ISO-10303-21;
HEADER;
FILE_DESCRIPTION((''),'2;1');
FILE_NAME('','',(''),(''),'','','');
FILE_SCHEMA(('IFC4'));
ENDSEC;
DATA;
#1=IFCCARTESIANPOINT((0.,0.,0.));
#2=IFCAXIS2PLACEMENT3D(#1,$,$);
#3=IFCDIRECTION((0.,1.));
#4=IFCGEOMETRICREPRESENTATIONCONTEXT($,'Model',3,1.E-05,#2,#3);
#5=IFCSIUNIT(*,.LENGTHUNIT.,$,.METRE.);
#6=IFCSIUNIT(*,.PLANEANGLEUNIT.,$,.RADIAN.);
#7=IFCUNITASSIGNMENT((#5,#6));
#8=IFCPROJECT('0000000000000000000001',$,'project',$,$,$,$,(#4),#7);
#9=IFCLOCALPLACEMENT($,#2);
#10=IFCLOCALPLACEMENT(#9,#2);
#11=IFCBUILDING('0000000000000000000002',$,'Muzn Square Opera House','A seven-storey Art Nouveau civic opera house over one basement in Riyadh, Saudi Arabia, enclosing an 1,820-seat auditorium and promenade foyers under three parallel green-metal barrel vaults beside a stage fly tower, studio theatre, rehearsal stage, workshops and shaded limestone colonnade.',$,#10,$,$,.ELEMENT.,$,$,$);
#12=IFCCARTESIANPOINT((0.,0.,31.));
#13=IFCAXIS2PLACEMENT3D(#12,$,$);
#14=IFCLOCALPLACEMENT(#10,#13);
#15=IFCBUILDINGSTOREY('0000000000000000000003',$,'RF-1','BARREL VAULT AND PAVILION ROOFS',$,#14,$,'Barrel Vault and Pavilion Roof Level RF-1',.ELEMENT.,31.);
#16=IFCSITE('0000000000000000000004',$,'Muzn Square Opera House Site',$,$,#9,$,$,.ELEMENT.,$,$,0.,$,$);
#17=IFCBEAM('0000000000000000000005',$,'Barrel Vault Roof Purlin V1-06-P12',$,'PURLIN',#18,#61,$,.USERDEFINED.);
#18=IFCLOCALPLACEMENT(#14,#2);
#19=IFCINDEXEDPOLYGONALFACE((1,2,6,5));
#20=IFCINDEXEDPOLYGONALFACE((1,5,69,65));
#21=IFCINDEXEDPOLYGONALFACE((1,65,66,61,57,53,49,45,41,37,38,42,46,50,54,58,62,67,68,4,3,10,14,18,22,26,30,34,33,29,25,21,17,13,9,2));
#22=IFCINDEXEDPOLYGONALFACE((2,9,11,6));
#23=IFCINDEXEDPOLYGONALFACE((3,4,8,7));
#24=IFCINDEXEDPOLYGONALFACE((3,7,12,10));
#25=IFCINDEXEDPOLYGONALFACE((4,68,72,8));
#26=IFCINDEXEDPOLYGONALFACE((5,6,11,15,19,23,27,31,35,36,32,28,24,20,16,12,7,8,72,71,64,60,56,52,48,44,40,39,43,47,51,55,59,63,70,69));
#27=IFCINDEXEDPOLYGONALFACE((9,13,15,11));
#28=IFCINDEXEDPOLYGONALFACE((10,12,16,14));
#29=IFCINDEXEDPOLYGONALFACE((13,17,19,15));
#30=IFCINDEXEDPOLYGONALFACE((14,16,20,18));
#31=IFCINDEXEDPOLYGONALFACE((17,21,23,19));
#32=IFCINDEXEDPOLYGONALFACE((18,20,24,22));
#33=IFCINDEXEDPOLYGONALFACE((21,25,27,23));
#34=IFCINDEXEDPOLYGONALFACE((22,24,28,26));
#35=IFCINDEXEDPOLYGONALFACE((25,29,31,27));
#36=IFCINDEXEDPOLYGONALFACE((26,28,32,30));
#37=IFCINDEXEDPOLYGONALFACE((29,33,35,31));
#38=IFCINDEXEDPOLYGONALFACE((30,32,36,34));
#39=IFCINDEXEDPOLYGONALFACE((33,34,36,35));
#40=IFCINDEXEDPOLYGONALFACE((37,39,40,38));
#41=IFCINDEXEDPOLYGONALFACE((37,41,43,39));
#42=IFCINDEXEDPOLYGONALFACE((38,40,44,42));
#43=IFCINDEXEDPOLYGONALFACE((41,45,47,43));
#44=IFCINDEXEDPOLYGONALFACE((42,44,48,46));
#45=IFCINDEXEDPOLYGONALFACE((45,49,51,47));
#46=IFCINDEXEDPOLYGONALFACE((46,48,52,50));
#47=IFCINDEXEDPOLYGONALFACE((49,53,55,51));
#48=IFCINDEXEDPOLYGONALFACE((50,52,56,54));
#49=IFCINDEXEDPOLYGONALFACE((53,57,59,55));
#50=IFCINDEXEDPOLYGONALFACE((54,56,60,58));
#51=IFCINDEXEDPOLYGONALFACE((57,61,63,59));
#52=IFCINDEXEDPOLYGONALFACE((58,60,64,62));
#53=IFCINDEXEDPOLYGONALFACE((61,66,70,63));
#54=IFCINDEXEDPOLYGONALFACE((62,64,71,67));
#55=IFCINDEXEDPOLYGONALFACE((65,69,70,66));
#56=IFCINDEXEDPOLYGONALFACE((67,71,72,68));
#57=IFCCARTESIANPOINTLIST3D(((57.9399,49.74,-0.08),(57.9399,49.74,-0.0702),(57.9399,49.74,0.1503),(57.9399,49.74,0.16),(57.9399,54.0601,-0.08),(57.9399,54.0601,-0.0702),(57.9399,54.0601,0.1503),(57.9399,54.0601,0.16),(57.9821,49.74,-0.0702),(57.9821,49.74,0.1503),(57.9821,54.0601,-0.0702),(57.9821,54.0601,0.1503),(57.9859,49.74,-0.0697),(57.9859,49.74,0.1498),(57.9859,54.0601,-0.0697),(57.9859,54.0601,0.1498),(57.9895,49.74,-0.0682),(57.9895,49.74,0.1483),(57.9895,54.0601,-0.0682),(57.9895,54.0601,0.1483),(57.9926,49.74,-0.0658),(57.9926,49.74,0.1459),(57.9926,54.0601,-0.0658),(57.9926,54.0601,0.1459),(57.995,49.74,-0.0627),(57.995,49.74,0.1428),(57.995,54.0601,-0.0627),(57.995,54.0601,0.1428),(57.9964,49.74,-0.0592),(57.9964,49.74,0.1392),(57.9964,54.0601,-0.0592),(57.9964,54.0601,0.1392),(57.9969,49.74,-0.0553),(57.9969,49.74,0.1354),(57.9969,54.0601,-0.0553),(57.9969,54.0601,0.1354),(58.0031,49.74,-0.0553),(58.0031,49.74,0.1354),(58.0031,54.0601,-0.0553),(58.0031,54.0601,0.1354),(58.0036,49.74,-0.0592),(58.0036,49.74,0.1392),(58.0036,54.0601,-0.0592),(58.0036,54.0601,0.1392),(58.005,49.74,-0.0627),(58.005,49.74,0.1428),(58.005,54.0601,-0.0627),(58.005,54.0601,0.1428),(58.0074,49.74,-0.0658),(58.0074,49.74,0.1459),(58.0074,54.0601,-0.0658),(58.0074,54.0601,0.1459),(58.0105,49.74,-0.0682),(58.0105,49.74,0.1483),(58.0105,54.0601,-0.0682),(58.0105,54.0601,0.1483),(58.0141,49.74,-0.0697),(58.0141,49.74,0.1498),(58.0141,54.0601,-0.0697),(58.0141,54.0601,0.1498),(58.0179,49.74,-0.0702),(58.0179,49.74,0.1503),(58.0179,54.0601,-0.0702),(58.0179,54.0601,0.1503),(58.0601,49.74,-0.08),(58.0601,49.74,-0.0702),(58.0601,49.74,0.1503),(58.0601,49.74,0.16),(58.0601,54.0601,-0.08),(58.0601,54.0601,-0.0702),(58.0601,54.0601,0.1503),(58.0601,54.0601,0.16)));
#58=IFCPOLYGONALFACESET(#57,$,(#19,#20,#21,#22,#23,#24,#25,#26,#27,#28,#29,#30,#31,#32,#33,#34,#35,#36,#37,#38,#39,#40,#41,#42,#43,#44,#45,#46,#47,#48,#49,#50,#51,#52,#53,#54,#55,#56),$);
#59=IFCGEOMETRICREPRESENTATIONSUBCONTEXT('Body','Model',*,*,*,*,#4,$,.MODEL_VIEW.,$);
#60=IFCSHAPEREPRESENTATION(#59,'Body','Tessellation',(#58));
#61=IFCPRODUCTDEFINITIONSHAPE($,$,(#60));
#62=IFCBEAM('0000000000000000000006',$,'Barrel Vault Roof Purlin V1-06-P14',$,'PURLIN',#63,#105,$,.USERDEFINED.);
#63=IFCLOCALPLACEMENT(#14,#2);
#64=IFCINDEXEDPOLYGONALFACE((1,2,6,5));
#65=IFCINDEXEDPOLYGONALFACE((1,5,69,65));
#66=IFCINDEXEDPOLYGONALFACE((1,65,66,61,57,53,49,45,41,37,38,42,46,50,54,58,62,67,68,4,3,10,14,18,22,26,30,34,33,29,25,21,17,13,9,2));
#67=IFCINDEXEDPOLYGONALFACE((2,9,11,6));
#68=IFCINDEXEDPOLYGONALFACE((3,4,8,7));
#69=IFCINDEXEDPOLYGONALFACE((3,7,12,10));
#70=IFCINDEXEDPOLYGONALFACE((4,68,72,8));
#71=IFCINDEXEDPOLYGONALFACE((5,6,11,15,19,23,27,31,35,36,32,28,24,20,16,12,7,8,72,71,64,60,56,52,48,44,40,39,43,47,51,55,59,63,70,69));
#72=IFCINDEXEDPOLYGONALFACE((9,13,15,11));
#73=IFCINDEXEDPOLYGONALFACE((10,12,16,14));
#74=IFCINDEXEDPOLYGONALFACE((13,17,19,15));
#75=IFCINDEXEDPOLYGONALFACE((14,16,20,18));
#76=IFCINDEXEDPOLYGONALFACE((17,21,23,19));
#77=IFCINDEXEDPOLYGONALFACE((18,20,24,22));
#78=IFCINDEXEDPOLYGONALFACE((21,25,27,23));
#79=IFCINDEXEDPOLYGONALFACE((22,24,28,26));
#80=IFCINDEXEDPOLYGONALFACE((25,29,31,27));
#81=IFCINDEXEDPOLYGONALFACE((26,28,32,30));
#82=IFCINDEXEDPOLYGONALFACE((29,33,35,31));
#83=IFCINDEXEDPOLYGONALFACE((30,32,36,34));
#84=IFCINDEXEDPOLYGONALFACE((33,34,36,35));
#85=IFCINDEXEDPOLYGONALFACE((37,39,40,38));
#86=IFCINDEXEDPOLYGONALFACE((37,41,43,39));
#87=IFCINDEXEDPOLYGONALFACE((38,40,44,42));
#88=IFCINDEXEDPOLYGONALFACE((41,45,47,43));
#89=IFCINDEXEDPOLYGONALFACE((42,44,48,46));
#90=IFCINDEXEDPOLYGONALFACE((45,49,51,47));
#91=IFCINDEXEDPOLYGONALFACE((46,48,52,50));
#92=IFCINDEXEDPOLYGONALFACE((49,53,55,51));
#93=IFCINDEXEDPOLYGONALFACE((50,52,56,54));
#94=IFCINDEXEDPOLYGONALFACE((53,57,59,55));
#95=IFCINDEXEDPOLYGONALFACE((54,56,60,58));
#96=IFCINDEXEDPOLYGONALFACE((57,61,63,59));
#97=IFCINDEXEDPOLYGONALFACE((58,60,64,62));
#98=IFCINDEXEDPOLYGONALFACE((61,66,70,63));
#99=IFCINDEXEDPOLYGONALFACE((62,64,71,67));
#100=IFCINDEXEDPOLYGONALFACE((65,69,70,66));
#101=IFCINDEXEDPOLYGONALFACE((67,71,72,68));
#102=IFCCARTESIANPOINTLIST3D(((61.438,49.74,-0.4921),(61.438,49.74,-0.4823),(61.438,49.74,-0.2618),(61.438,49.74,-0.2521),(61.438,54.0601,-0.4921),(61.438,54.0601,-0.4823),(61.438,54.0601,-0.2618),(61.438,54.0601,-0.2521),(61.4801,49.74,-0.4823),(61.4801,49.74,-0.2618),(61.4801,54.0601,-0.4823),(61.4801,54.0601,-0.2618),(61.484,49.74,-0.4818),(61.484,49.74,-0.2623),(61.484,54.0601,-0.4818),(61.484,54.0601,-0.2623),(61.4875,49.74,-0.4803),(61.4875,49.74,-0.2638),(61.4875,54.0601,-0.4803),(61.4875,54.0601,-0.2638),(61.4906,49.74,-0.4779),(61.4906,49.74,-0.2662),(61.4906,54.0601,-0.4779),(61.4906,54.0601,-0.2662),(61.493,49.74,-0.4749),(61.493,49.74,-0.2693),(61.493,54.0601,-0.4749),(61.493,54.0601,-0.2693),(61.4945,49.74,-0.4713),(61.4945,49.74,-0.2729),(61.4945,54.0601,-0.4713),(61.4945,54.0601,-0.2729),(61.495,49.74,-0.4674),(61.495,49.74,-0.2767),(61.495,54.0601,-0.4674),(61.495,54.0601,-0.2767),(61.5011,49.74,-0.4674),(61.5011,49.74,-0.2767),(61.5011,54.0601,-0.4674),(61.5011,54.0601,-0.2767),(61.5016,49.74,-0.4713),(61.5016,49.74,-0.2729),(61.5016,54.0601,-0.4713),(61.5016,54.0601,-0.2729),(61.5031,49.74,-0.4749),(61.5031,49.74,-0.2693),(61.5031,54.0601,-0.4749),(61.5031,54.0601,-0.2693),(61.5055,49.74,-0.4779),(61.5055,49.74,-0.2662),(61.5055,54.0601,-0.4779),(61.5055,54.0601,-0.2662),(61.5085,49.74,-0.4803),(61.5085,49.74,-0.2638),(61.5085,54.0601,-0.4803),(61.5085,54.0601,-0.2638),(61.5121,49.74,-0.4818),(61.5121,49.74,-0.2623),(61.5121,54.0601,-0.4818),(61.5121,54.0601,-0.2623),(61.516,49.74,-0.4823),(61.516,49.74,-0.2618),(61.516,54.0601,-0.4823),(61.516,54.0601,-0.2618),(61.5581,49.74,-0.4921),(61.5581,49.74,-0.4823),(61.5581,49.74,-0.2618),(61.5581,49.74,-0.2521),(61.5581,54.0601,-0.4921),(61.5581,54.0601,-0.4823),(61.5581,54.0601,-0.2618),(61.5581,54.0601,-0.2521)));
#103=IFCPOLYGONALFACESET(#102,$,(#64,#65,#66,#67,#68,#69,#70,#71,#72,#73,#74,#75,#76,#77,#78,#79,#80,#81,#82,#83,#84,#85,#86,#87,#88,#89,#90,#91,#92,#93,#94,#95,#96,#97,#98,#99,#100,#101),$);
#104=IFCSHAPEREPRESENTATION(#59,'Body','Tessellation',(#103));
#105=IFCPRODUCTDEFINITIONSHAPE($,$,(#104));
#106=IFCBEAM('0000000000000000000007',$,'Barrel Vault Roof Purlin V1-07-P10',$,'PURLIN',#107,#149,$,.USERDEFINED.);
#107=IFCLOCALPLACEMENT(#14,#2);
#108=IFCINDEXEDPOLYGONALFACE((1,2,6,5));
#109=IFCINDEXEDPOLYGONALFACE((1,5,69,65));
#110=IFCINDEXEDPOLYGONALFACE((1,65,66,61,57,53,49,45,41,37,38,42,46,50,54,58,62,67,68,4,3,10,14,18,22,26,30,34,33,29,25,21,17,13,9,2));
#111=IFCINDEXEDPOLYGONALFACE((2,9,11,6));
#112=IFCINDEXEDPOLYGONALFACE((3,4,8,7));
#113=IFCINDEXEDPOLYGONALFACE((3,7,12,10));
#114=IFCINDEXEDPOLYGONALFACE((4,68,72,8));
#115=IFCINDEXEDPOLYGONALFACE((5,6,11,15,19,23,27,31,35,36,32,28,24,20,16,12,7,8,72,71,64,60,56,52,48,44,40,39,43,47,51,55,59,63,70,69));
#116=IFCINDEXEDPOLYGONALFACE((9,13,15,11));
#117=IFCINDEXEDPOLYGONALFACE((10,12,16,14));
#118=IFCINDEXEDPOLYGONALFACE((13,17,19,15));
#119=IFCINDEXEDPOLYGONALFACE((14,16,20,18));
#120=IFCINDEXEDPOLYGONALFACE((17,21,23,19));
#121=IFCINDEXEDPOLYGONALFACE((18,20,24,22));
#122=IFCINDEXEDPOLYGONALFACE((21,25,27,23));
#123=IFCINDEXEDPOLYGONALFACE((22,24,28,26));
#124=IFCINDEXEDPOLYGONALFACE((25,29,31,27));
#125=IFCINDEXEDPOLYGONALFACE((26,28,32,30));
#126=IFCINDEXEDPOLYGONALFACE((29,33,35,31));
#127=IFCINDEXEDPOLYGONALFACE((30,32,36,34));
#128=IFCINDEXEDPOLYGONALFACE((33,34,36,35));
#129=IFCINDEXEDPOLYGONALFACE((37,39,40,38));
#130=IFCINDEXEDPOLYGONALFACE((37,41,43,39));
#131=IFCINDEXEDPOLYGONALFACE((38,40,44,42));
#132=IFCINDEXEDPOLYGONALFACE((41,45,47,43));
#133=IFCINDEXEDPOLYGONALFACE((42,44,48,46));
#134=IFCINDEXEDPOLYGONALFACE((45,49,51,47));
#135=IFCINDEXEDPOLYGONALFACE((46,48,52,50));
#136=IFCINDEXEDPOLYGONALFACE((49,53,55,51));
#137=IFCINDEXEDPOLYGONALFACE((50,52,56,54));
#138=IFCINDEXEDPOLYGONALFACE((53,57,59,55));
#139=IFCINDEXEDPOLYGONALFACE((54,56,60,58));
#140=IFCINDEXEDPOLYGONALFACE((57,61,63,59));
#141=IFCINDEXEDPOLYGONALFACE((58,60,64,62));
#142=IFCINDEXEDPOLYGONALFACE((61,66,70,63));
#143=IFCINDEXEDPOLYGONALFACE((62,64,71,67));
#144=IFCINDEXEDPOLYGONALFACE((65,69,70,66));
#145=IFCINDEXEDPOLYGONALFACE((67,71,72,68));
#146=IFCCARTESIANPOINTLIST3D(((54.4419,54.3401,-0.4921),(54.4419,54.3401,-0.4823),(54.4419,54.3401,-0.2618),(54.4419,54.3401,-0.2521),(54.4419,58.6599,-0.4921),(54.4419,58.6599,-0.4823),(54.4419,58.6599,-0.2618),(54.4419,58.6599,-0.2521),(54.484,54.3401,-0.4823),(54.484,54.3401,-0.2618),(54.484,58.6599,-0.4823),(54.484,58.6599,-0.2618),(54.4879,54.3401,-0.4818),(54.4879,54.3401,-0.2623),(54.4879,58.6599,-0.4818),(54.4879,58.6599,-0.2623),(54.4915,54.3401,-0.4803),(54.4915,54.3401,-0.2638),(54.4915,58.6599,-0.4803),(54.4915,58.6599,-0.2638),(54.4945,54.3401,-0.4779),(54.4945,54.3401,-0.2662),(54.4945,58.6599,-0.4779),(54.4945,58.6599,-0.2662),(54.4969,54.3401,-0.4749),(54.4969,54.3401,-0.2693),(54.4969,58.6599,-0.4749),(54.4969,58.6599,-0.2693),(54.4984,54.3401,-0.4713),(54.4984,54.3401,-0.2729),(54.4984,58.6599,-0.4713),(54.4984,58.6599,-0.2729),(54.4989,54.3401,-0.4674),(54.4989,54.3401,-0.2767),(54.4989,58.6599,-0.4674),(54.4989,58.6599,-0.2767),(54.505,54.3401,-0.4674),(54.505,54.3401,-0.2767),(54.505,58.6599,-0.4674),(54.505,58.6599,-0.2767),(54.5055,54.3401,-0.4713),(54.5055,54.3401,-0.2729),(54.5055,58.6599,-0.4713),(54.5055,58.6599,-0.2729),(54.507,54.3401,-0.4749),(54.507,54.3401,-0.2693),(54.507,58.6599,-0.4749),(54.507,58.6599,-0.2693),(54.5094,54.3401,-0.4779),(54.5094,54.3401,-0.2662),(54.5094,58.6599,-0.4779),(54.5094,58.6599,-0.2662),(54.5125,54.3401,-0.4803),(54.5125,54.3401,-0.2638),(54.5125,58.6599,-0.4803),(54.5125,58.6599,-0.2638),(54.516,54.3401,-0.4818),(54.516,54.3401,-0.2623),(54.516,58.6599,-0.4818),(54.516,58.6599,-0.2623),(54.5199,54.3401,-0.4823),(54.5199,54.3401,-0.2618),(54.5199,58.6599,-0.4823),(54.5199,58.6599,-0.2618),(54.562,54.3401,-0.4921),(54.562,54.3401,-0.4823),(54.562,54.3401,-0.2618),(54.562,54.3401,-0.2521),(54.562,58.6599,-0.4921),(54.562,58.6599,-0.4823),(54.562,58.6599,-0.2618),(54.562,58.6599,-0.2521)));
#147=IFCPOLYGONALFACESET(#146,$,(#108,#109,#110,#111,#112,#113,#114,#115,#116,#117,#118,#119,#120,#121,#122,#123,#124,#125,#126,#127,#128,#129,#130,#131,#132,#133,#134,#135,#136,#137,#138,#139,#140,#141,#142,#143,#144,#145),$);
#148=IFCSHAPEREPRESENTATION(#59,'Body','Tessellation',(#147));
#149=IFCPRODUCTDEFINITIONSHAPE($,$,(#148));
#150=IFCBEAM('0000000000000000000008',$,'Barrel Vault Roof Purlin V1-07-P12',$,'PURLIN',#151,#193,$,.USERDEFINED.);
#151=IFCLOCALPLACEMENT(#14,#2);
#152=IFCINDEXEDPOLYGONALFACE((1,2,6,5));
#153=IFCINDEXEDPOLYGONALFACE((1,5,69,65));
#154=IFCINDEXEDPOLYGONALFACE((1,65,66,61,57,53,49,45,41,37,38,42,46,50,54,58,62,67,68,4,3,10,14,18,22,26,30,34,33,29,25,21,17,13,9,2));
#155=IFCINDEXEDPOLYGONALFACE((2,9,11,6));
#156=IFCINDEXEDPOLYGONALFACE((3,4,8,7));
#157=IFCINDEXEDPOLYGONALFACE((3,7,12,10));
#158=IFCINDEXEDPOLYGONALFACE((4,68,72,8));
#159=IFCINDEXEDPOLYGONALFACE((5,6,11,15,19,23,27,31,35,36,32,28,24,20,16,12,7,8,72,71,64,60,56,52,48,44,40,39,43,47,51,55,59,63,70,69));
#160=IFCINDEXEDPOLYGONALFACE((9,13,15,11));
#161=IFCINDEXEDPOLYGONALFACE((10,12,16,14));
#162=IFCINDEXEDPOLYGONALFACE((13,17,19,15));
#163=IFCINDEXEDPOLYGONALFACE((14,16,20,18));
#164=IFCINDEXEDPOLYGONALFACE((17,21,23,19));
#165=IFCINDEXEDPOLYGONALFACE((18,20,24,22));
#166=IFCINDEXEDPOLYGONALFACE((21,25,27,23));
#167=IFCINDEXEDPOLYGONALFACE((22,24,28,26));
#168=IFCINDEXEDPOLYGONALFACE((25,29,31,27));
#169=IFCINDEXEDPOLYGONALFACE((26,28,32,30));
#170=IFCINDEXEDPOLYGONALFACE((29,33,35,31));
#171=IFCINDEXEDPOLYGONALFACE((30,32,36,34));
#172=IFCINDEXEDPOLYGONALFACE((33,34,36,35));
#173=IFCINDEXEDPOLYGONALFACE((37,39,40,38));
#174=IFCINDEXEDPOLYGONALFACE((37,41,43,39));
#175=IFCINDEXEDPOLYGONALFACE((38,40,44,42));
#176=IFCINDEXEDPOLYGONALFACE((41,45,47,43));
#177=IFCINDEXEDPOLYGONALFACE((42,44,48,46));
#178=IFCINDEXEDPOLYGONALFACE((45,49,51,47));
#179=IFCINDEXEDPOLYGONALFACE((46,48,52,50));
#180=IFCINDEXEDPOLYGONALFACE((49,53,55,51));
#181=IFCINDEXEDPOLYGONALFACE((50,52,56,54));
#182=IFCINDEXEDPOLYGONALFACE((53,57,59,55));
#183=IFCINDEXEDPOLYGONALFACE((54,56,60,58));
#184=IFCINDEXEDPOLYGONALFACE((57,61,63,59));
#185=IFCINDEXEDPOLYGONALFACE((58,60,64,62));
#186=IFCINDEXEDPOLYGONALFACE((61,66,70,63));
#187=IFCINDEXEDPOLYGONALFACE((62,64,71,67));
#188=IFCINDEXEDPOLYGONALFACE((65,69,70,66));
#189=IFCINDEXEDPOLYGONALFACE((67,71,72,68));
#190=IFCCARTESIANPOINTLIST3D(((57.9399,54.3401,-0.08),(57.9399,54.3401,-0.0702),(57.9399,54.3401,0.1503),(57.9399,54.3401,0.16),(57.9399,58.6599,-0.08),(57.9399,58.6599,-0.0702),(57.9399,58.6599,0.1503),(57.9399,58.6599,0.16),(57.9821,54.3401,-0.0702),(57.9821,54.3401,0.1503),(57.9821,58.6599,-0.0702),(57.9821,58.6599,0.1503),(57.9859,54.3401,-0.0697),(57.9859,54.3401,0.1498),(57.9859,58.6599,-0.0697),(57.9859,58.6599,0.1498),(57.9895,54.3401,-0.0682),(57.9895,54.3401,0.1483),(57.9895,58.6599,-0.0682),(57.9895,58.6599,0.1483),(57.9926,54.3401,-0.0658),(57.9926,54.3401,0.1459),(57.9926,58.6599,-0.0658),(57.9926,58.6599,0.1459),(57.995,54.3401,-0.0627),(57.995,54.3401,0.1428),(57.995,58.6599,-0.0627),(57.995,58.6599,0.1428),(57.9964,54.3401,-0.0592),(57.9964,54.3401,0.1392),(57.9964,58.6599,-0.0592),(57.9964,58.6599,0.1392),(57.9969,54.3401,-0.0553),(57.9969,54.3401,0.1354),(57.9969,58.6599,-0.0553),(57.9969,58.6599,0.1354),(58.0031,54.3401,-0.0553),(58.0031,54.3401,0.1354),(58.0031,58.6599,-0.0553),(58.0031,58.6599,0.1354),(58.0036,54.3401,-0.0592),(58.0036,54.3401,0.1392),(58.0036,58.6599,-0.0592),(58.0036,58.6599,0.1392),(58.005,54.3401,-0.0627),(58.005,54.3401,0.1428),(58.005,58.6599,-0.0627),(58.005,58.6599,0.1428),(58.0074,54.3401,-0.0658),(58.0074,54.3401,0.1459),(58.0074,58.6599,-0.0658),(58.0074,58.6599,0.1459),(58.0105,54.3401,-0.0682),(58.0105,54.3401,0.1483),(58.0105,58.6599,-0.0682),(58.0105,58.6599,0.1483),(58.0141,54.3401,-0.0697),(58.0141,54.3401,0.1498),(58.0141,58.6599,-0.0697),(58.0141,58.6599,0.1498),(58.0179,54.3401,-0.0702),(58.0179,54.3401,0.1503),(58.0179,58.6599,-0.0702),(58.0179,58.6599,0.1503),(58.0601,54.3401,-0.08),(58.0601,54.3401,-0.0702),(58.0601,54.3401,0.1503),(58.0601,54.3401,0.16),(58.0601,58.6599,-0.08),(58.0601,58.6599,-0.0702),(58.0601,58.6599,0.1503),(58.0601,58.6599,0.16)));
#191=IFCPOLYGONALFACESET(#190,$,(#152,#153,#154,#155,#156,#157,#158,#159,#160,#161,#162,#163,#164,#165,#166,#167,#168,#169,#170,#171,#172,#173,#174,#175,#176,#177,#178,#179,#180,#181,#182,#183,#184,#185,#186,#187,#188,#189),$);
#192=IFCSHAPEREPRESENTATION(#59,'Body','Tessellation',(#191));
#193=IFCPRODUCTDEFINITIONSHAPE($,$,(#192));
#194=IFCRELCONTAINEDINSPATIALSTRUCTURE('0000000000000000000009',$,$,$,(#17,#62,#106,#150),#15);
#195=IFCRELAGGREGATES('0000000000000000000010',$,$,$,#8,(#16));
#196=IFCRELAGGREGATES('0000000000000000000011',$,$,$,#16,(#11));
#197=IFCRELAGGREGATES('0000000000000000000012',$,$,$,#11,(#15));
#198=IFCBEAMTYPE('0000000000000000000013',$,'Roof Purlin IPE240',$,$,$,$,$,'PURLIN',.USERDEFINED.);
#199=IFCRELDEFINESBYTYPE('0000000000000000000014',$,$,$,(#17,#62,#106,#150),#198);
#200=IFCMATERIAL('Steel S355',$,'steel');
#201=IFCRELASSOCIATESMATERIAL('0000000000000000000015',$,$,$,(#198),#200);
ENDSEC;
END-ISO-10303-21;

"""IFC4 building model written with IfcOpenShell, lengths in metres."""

from ifc_helpers import new_model, si_unit, direction, frame, origin, origin_2d, place, context, subcontext, project, spatial, i_section, extrude, material, material_profile, profile_set, type_object, element, save


model = new_model("IFC4")

# Units and contexts
model_context = context("Model", 3, precision=1e-05, world=origin(), true_north=direction((0.0, 1.0)))
body_context = subcontext(model_context, "Body", "Model", "MODEL_VIEW")
ifc_project = project(units=[si_unit("LENGTHUNIT", "METRE"), si_unit("PLANEANGLEUNIT", "RADIAN")], contexts=[model_context])

# Site, building, storey
site_placement = place(None, origin())
site = spatial("IfcSite", under=ifc_project, at=site_placement, Name="Muzn Square Opera House Site", CompositionType="ELEMENT", RefElevation=0.0)
building_placement = place(site_placement, origin())
building = spatial("IfcBuilding", under=site, at=building_placement, Name="Muzn Square Opera House", Description="A seven-storey Art Nouveau civic opera house over one basement in Riyadh, Saudi Arabia, enclosing an 1,820-seat auditorium and promenade foyers under three parallel green-metal barrel vaults beside a stage fly tower, studio theatre, rehearsal stage, workshops and shaded limestone colonnade.", CompositionType="ELEMENT")
storey_placement = place(building_placement, frame((0.0, 0.0, 31.0)))
storey = spatial("IfcBuildingStorey", under=building, at=storey_placement, Name="RF-1", Description="BARREL VAULT AND PAVILION ROOFS", LongName="Barrel Vault and Pavilion Roof Level RF-1", CompositionType="ELEMENT", Elevation=31.0)

# Beams
ifc_material_1 = material(Name="Steel S355", Category="steel")
ifc_material_profile_1 = material_profile(ifc_material_1, i_section(OverallWidth=0.1201, OverallDepth=0.24, WebThickness=0.0061, FlangeThickness=0.0098, FilletRadius=0.0149, at=origin_2d()), Name="IPE 240", Category="steel")
ifc_profile_set_1 = profile_set([ifc_material_profile_1], Name="Steel S355")
beam_type_1 = type_object("IfcBeamType", Name="Roof Purlin IPE240", ElementType="PURLIN", PredefinedType="USERDEFINED", material=ifc_profile_set_1)
for number, where, z_axis, x_axis, name in (
    (1, (58.0, 49.74, 0.04), (0.0, 1.0, 0.0), (-1.0, 0.0, 0.0), "Barrel Vault Roof Purlin V1-06-P12"),
    (2, (61.498, 49.74, -0.3721), (0.0, 1.0, 0.0), (-1.0, 0.0, 0.0), "Barrel Vault Roof Purlin V1-06-P14"),
):
    element("IfcBeam", number, at=place(storey_placement, frame(where, z_axis=z_axis, x_axis=x_axis)), inside=storey, type_object=beam_type_1, Name=name, ObjectType="PURLIN", PredefinedType="USERDEFINED", context=body_context, shape_type="SweptSolid", body=[
        extrude(i_section(OverallWidth=0.1201, OverallDepth=0.24, WebThickness=0.0061, FlangeThickness=0.0098, FilletRadius=0.0149, at=origin_2d()), origin(), (0.0, 0.0, 1.0), 4.3201),
    ])
for number, where, z_axis, x_axis, name in (
    (3, (54.502, 54.3401, -0.3721), (0.0, 1.0, 0.0), (-1.0, 0.0, 0.0), "Barrel Vault Roof Purlin V1-07-P10"),
    (4, (58.0, 54.3401, 0.04), (0.0, 1.0, 0.0), (-1.0, 0.0, 0.0), "Barrel Vault Roof Purlin V1-07-P12"),
):
    element("IfcBeam", number, at=place(storey_placement, frame(where, z_axis=z_axis, x_axis=x_axis)), inside=storey, type_object=beam_type_1, Name=name, ObjectType="PURLIN", PredefinedType="USERDEFINED", context=body_context, shape_type="SweptSolid", body=[
        extrude(i_section(OverallWidth=0.1201, OverallDepth=0.24, WebThickness=0.0061, FlangeThickness=0.0098, FilletRadius=0.0149, at=origin_2d()), origin(), (0.0, 0.0, 1.0), 4.3198),
    ])

save(model, "model.ifc")
